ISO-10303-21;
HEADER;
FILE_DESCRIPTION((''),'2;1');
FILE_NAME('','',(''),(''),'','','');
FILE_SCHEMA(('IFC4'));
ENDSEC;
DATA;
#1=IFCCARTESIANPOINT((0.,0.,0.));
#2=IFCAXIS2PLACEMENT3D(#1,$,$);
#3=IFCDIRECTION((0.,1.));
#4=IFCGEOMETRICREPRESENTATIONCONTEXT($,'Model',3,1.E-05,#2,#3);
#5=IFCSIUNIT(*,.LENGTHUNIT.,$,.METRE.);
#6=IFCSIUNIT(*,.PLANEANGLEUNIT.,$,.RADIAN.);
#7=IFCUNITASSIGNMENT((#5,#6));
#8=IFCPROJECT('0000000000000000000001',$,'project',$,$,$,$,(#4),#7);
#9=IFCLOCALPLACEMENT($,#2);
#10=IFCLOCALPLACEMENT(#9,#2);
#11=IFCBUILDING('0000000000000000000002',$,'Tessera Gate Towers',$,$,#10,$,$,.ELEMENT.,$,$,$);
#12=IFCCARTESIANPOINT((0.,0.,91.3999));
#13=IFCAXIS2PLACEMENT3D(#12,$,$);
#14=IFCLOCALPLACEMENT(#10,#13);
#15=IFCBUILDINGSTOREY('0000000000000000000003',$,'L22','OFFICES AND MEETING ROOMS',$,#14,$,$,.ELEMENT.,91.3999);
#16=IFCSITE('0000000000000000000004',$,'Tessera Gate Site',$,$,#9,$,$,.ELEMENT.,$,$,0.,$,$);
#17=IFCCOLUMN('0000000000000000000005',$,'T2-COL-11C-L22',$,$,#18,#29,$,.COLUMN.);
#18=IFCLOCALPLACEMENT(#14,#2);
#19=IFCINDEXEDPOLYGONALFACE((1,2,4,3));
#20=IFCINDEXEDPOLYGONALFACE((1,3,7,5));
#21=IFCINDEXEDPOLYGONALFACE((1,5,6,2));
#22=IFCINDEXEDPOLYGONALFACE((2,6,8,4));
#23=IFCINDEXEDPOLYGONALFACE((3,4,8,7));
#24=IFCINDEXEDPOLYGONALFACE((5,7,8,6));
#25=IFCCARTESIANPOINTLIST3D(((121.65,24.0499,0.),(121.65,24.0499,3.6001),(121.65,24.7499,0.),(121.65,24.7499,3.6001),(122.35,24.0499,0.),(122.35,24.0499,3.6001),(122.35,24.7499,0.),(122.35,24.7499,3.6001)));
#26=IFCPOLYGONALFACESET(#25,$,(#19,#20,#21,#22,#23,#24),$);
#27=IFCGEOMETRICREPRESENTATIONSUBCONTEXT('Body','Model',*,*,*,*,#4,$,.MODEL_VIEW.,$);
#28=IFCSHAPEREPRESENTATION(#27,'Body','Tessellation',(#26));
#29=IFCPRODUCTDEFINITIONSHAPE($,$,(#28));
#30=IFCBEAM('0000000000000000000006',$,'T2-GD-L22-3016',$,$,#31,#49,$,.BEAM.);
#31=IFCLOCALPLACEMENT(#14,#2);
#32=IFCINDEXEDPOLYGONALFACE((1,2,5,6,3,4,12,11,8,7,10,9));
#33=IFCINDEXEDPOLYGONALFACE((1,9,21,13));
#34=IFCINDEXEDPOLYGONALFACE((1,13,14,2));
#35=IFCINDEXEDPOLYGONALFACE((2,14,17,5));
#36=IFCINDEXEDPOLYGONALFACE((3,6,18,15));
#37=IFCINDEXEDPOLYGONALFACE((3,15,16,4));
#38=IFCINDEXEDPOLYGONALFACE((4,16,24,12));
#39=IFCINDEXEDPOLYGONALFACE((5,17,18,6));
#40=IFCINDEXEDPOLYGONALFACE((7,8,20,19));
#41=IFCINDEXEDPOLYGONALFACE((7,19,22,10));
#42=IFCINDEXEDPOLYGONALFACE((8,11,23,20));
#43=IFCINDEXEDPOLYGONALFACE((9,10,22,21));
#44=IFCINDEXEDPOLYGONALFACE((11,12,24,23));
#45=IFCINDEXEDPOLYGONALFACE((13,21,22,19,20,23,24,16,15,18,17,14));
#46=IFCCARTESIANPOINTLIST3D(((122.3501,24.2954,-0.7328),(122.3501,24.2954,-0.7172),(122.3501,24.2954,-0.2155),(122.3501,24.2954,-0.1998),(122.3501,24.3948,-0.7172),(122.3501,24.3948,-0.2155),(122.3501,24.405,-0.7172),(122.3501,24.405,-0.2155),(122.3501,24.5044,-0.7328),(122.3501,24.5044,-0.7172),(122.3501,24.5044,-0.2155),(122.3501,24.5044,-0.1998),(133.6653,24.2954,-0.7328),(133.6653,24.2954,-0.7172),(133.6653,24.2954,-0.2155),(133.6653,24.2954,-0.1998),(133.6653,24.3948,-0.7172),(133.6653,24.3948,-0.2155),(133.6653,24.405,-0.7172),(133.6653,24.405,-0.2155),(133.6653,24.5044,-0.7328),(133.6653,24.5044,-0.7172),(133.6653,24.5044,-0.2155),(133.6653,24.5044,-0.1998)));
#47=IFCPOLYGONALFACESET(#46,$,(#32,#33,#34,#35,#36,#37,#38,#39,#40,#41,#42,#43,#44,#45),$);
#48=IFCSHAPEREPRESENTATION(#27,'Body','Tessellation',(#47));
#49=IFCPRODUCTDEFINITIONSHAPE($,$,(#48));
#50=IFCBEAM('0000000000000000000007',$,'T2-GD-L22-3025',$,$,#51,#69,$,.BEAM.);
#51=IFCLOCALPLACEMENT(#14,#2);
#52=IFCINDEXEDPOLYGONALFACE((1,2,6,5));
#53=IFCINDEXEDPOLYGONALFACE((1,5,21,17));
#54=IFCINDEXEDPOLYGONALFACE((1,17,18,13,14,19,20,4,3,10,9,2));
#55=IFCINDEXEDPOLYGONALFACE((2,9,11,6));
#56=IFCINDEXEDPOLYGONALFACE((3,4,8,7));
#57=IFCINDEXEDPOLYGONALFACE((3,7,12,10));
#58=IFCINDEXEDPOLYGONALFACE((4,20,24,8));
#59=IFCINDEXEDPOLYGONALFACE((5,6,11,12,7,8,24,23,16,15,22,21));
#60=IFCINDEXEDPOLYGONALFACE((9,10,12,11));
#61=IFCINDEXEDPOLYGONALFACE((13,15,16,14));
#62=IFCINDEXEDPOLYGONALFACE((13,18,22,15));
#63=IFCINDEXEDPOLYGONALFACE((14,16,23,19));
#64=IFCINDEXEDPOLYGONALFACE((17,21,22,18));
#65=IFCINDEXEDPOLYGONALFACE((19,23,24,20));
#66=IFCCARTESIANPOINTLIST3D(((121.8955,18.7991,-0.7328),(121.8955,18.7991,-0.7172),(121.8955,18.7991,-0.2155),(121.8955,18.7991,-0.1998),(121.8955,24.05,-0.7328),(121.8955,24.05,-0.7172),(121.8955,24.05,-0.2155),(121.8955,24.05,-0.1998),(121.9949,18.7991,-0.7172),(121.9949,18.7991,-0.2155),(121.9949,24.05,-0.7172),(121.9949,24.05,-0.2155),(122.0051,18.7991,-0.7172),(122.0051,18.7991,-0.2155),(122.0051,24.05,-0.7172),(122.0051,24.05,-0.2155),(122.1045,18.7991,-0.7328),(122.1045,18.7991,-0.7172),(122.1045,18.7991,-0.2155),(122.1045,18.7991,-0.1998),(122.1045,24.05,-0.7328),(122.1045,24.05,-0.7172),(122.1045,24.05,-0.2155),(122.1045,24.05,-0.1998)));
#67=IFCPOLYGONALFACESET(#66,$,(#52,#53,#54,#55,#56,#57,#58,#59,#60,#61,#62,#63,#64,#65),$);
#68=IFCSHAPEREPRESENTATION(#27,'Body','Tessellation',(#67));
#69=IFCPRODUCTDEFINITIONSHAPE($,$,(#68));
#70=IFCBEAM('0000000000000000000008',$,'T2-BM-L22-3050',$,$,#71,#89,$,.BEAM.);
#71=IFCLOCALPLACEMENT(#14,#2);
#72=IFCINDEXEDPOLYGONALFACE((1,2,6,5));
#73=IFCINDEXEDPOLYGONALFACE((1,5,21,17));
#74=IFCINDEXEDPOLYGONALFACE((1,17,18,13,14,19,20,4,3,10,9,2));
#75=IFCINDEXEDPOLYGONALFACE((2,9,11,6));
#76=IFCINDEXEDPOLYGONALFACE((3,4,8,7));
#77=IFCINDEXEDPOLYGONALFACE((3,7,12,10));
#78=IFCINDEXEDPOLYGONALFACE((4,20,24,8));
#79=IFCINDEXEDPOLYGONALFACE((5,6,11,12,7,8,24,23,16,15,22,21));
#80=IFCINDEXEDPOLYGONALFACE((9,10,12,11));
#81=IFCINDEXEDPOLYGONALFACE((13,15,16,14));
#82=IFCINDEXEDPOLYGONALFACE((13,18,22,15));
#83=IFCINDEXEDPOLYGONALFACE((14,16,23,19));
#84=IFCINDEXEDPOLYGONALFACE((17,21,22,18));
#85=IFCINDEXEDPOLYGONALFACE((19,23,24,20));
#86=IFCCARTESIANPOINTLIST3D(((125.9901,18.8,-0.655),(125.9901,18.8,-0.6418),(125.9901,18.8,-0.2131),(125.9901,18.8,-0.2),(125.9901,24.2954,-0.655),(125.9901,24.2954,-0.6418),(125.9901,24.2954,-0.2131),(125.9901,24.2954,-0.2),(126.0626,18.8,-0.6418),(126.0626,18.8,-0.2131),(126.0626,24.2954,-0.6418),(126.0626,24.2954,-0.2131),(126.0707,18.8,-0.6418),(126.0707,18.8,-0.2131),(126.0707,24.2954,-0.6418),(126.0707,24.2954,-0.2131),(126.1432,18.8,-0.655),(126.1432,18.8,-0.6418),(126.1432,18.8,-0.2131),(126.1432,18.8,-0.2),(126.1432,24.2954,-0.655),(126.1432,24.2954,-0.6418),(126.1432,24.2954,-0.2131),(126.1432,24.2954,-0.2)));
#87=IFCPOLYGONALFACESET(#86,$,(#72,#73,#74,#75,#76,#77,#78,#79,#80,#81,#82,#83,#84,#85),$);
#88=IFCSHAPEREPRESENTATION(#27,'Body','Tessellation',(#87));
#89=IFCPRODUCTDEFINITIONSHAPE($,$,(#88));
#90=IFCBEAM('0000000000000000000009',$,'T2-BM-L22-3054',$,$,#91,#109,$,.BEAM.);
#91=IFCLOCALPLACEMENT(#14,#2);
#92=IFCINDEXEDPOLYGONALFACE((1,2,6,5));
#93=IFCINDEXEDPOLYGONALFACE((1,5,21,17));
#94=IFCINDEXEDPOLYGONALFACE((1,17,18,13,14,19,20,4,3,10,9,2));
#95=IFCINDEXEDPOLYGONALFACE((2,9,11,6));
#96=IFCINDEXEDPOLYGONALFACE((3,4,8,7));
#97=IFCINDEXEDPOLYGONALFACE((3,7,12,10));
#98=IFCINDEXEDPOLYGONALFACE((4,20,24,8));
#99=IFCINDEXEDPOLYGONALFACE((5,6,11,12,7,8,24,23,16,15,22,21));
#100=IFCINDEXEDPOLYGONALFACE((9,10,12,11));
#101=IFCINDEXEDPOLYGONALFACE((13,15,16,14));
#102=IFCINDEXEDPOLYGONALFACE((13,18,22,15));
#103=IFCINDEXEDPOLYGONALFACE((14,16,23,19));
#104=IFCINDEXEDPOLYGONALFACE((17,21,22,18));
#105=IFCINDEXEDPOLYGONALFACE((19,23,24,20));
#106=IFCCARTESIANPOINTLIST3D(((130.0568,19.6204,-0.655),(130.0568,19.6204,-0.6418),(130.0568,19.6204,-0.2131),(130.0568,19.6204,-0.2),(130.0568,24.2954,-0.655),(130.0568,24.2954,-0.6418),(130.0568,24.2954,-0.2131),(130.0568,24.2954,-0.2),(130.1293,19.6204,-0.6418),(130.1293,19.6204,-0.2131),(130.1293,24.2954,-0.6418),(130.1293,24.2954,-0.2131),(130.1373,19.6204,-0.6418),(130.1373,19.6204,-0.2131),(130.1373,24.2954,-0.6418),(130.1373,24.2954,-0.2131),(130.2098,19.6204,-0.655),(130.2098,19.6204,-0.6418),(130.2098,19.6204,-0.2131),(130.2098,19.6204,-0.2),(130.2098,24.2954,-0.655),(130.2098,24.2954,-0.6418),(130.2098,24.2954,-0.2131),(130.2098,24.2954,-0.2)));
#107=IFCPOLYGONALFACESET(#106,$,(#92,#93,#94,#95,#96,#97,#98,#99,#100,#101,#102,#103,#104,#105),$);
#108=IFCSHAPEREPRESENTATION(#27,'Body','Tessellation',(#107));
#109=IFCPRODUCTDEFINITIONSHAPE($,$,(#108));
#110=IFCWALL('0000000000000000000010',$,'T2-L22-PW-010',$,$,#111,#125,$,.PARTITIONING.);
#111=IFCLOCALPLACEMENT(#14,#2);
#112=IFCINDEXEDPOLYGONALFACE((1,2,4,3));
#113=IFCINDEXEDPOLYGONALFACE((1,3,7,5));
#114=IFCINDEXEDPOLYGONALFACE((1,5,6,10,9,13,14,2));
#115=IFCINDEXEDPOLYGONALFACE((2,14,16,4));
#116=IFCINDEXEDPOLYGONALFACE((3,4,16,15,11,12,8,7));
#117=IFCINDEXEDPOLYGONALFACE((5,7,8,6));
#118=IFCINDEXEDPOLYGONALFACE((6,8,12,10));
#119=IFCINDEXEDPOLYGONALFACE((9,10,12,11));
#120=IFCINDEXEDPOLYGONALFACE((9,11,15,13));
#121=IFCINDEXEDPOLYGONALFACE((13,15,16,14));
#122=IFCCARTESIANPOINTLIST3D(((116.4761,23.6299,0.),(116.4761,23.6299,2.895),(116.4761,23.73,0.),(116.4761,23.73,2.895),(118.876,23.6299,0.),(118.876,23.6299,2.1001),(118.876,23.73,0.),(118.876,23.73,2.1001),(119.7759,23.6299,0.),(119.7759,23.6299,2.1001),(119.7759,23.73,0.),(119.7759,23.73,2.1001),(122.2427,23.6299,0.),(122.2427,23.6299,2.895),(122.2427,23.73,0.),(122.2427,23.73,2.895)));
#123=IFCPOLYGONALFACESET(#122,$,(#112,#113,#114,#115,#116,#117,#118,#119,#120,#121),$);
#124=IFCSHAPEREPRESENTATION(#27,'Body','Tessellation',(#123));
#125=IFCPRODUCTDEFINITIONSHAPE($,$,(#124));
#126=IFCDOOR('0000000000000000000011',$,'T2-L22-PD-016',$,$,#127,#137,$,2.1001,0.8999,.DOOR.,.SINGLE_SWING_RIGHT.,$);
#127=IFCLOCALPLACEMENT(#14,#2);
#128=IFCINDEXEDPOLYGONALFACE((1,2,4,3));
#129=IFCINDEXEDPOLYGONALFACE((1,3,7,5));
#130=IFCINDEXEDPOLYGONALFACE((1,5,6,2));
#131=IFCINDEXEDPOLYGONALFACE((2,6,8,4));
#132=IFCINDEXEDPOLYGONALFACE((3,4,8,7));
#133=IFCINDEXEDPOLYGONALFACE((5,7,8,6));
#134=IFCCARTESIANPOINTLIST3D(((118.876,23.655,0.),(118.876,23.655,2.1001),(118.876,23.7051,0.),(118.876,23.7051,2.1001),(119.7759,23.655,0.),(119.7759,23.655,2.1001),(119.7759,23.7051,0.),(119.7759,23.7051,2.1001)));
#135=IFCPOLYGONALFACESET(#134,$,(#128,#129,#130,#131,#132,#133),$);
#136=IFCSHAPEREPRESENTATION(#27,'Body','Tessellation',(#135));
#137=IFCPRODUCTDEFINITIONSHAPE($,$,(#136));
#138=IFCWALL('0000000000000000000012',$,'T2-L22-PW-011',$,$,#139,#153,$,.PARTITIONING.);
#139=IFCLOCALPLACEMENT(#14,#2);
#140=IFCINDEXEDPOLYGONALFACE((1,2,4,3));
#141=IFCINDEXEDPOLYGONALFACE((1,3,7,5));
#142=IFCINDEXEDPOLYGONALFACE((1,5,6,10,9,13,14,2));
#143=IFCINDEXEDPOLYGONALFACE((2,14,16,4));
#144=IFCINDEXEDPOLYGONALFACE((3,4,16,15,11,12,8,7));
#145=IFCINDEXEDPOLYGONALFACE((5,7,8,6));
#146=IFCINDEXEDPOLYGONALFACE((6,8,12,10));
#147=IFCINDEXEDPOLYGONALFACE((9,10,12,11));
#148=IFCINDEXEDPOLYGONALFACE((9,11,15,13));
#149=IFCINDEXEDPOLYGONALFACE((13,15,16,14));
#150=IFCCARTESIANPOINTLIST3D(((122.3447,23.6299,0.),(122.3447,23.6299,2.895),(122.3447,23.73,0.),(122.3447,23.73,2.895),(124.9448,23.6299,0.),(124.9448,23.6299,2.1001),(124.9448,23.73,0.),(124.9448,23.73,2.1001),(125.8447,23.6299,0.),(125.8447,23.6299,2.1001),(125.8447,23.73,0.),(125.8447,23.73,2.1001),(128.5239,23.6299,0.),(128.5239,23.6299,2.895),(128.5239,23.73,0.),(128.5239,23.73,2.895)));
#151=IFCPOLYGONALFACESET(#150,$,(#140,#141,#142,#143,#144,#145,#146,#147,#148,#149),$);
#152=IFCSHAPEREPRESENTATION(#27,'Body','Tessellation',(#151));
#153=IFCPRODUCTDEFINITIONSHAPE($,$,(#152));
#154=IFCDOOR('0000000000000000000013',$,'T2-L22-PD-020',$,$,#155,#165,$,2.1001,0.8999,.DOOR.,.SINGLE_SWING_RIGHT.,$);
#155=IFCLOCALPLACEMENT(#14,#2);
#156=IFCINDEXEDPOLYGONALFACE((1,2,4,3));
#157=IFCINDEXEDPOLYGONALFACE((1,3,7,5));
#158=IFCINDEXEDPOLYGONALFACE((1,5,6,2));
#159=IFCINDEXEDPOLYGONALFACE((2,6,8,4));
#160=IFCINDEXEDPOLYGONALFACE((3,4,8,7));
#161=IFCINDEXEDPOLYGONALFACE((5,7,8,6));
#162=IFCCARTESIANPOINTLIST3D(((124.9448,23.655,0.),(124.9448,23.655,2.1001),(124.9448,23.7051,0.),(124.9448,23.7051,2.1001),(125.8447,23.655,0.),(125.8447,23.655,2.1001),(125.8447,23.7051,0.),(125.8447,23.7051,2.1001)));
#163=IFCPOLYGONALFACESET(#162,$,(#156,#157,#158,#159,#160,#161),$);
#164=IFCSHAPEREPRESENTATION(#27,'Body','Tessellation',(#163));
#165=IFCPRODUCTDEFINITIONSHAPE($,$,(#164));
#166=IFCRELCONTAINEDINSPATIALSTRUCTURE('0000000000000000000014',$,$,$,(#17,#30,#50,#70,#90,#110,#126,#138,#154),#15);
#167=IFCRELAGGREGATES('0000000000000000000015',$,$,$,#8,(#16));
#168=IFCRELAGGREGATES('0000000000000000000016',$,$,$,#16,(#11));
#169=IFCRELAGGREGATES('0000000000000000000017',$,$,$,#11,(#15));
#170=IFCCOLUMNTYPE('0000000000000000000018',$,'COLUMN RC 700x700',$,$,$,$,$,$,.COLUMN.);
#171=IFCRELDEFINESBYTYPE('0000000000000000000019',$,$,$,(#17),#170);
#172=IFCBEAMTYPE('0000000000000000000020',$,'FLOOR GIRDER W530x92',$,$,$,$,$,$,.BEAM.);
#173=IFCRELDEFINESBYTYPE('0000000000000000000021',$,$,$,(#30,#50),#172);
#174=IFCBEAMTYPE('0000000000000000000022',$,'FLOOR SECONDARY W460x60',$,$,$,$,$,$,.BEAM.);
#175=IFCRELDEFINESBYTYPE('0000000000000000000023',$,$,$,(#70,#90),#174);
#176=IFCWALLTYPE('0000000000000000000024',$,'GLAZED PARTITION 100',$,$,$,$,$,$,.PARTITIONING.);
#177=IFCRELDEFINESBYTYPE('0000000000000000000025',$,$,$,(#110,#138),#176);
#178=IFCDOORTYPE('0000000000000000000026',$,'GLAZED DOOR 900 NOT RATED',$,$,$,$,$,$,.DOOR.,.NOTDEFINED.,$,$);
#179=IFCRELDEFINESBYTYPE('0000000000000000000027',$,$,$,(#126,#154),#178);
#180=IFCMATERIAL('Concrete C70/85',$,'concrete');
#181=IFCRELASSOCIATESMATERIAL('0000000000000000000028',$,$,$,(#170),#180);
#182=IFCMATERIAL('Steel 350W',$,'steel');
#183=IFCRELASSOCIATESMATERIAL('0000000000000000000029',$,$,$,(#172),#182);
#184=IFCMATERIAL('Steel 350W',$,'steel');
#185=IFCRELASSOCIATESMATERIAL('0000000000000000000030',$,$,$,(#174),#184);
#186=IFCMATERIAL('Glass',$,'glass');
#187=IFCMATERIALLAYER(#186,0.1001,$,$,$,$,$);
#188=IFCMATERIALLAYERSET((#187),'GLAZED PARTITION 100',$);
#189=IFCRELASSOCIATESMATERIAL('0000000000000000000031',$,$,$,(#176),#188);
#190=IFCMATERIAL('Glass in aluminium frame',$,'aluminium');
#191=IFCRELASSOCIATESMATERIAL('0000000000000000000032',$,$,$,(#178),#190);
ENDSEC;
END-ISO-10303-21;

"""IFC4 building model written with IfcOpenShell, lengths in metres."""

from ifc_helpers import new_model, si_unit, direction, frame, frame_2d, origin, origin_2d, place, context, subcontext, project, spatial, rectangle, i_section, extrude, source, transform, mapped, material, layer, layer_set, material_profile, profile_set, type_object, element, fill, save


model = new_model("IFC4")

# Units and contexts
model_context = context("Model", 3, precision=1e-05, world=origin(), true_north=direction((0.0, 1.0)))
body_context = subcontext(model_context, "Body", "Model", "MODEL_VIEW")
ifc_project = project(units=[si_unit("LENGTHUNIT", "METRE"), si_unit("PLANEANGLEUNIT", "RADIAN")], contexts=[model_context])

# Site, building, storey
site_placement = place(None, origin())
site = spatial("IfcSite", under=ifc_project, at=site_placement, Name="Tessera Gate Site", CompositionType="ELEMENT", RefElevation=0.0)
building_placement = place(site_placement, origin())
building = spatial("IfcBuilding", under=site, at=building_placement, Name="Tessera Gate Towers", CompositionType="ELEMENT")
storey_placement = place(building_placement, frame((0.0, 0.0, 91.3999)))
storey = spatial("IfcBuildingStorey", under=building, at=storey_placement, Name="L22", Description="OFFICES AND MEETING ROOMS", CompositionType="ELEMENT", Elevation=91.3999)

# Column
ifc_material_1 = material(Name="Concrete C70/85", Category="concrete")
ifc_material_profile_1 = material_profile(ifc_material_1, rectangle(XDim=0.7, YDim=0.7, at=origin_2d()), Name="RC 700x700")
ifc_profile_set_1 = profile_set([ifc_material_profile_1], Name="Concrete C70/85")
column_type = type_object("IfcColumnType", Name="COLUMN RC 700x700", PredefinedType="COLUMN", material=ifc_profile_set_1)
column_placement = place(storey_placement, frame((122.0, 24.3999, 0.0), z_axis=(0.0, 0.0, 1.0), x_axis=(1.0, 0.0, 0.0)))
element("IfcColumn", 1, at=column_placement, inside=storey, type_object=column_type, Name="T2-COL-11C-L22", PredefinedType="COLUMN", context=body_context, shape_type="SweptSolid", body=[
    extrude(rectangle(XDim=0.7, YDim=0.7, at=origin_2d()), origin(), (0.0, 0.0, 1.0), 3.6001),
])

# Beams
ifc_material_2 = material(Name="Steel 350W", Category="steel")
ifc_material_profile_2 = material_profile(ifc_material_2, i_section(OverallWidth=0.209, OverallDepth=0.533, WebThickness=0.0103, FlangeThickness=0.0156, at=origin_2d()), Name="W530x92")
ifc_profile_set_2 = profile_set([ifc_material_profile_2], Name="Steel 350W")
beam_type_1 = type_object("IfcBeamType", Name="FLOOR GIRDER W530x92", PredefinedType="BEAM", material=ifc_profile_set_2)
beam_1_placement = place(storey_placement, frame((122.3501, 24.3999, -0.4663), z_axis=(1.0, 0.0, 0.0), x_axis=(0.0, 1.0, 0.0)))
element("IfcBeam", 2, at=beam_1_placement, inside=storey, type_object=beam_type_1, Name="T2-GD-L22-3016", PredefinedType="BEAM", context=body_context, shape_type="SweptSolid", body=[
    extrude(i_section(OverallWidth=0.209, OverallDepth=0.533, WebThickness=0.0103, FlangeThickness=0.0156, at=origin_2d()), origin(), (0.0, 0.0, 1.0), 11.3152),
])
beam_2_placement = place(storey_placement, frame((122.0, 18.7991, -0.4663), z_axis=(0.0, 1.0, 0.0), x_axis=(-1.0, 0.0, 0.0)))
element("IfcBeam", 3, at=beam_2_placement, inside=storey, type_object=beam_type_1, Name="T2-GD-L22-3025", PredefinedType="BEAM", context=body_context, shape_type="SweptSolid", body=[
    extrude(i_section(OverallWidth=0.209, OverallDepth=0.533, WebThickness=0.0103, FlangeThickness=0.0156, at=origin_2d()), origin(), (0.0, 0.0, 1.0), 5.251),
])
ifc_material_3 = material(Name="Steel 350W", Category="steel")
ifc_material_profile_3 = material_profile(ifc_material_3, i_section(OverallWidth=0.1531, OverallDepth=0.4551, WebThickness=0.0081, FlangeThickness=0.0132, at=origin_2d()), Name="W460x60")
ifc_profile_set_3 = profile_set([ifc_material_profile_3], Name="Steel 350W")
beam_type_2 = type_object("IfcBeamType", Name="FLOOR SECONDARY W460x60", PredefinedType="BEAM", material=ifc_profile_set_3)
beam_3_placement = place(storey_placement, frame((126.0667, 18.8, -0.4275), z_axis=(0.0, 1.0, 0.0), x_axis=(-1.0, 0.0, 0.0)))
element("IfcBeam", 4, at=beam_3_placement, inside=storey, type_object=beam_type_2, Name="T2-BM-L22-3050", PredefinedType="BEAM", context=body_context, shape_type="SweptSolid", body=[
    extrude(i_section(OverallWidth=0.1531, OverallDepth=0.4551, WebThickness=0.0081, FlangeThickness=0.0132, at=origin_2d()), origin(), (0.0, 0.0, 1.0), 5.4954),
])
beam_4_placement = place(storey_placement, frame((130.1333, 19.6204, -0.4275), z_axis=(0.0, 1.0, 0.0), x_axis=(-1.0, 0.0, 0.0)))
element("IfcBeam", 5, at=beam_4_placement, inside=storey, type_object=beam_type_2, Name="T2-BM-L22-3054", PredefinedType="BEAM", context=body_context, shape_type="SweptSolid", body=[
    extrude(i_section(OverallWidth=0.1531, OverallDepth=0.4551, WebThickness=0.0081, FlangeThickness=0.0132, at=origin_2d()), origin(), (0.0, 0.0, 1.0), 4.675),
])

# Walls, openings, doors
ifc_material_4 = material(Name="Glass", Category="glass")
ifc_layer_1 = layer(ifc_material_4, 0.1001)
ifc_layer_set_1 = layer_set([ifc_layer_1], Name="GLAZED PARTITION 100")
wall_type_1 = type_object("IfcWallType", Name="GLAZED PARTITION 100", PredefinedType="PARTITIONING", material=ifc_layer_set_1)
wall_1_placement = place(storey_placement, frame((122.2427, 23.6799, 0.0), z_axis=(0.0, 0.0, 1.0), x_axis=(-1.0, 0.0, 0.0)))
wall_1 = element("IfcWall", 6, at=wall_1_placement, inside=storey, type_object=wall_type_1, Name="T2-L22-PW-010", PredefinedType="PARTITIONING", context=body_context, shape_type="SweptSolid", body=[
    extrude(rectangle(XDim=5.7666, YDim=0.1001, at=frame_2d((2.8833, 0.0))), origin(), (0.0, 0.0, 1.0), 2.895),
])
shared_shape_1 = source(origin(), body_context, "Body", "SweptSolid", [
    extrude(rectangle(XDim=0.8999, YDim=2.1001, at=frame_2d((0.45, 1.05))), frame((0.0, 0.0601, 0.0), z_axis=(0.0, -1.0, 0.0), x_axis=(1.0, 0.0, 0.0)), (0.0, 0.0, 1.0), 0.1201),
])
opening_1_placement = place(wall_1_placement, frame((2.4668, 0.0, 0.0)))
opening_1 = element("IfcOpeningElement", 7, at=opening_1_placement, cuts=wall_1, PredefinedType="OPENING", context=body_context, shape_type="MappedRepresentation", body=[
    mapped(shared_shape_1, transform((0.0, 0.0, 0.0), scale=1.0)),
])
ifc_material_5 = material(Name="Glass in aluminium frame", Category="aluminium")
door_type_1 = type_object("IfcDoorType", Name="GLAZED DOOR 900 NOT RATED", OperationType="NOTDEFINED", PredefinedType="DOOR", material=ifc_material_5)
shared_shape_2 = source(origin(), body_context, "Body", "SweptSolid", [
    extrude(rectangle(XDim=0.8999, YDim=2.1001, at=frame_2d((0.45, 1.05))), frame((0.0, 0.0249, 0.0), z_axis=(0.0, -1.0, 0.0), x_axis=(1.0, 0.0, 0.0)), (0.0, 0.0, 1.0), 0.05),
])
door_1_placement = place(opening_1_placement, origin())
door_1 = element("IfcDoor", 8, at=door_1_placement, inside=storey, type_object=door_type_1, Name="T2-L22-PD-016", OperationType="SINGLE_SWING_RIGHT", OverallHeight=2.1001, OverallWidth=0.8999, PredefinedType="DOOR", context=body_context, shape_type="MappedRepresentation", body=[
    mapped(shared_shape_2, transform((0.0, 0.0, 0.0), scale=1.0)),
])
fill(opening_1, door_1)
wall_2_placement = place(storey_placement, frame((128.5239, 23.6799, 0.0), z_axis=(0.0, 0.0, 1.0), x_axis=(-1.0, 0.0, 0.0)))
wall_2 = element("IfcWall", 9, at=wall_2_placement, inside=storey, type_object=wall_type_1, Name="T2-L22-PW-011", PredefinedType="PARTITIONING", context=body_context, shape_type="SweptSolid", body=[
    extrude(rectangle(XDim=6.1792, YDim=0.1001, at=frame_2d((3.0896, 0.0))), origin(), (0.0, 0.0, 1.0), 2.895),
])
opening_2_placement = place(wall_2_placement, frame((2.6792, 0.0, 0.0)))
opening_2 = element("IfcOpeningElement", 10, at=opening_2_placement, cuts=wall_2, PredefinedType="OPENING", context=body_context, shape_type="MappedRepresentation", body=[
    mapped(shared_shape_1, transform((0.0, 0.0, 0.0), scale=1.0)),
])
door_2_placement = place(opening_2_placement, origin())
door_2 = element("IfcDoor", 11, at=door_2_placement, inside=storey, type_object=door_type_1, Name="T2-L22-PD-020", OperationType="SINGLE_SWING_RIGHT", OverallHeight=2.1001, OverallWidth=0.8999, PredefinedType="DOOR", context=body_context, shape_type="MappedRepresentation", body=[
    mapped(shared_shape_2, transform((0.0, 0.0, 0.0), scale=1.0)),
])
fill(opening_2, door_2)

save(model, "model.ifc")
